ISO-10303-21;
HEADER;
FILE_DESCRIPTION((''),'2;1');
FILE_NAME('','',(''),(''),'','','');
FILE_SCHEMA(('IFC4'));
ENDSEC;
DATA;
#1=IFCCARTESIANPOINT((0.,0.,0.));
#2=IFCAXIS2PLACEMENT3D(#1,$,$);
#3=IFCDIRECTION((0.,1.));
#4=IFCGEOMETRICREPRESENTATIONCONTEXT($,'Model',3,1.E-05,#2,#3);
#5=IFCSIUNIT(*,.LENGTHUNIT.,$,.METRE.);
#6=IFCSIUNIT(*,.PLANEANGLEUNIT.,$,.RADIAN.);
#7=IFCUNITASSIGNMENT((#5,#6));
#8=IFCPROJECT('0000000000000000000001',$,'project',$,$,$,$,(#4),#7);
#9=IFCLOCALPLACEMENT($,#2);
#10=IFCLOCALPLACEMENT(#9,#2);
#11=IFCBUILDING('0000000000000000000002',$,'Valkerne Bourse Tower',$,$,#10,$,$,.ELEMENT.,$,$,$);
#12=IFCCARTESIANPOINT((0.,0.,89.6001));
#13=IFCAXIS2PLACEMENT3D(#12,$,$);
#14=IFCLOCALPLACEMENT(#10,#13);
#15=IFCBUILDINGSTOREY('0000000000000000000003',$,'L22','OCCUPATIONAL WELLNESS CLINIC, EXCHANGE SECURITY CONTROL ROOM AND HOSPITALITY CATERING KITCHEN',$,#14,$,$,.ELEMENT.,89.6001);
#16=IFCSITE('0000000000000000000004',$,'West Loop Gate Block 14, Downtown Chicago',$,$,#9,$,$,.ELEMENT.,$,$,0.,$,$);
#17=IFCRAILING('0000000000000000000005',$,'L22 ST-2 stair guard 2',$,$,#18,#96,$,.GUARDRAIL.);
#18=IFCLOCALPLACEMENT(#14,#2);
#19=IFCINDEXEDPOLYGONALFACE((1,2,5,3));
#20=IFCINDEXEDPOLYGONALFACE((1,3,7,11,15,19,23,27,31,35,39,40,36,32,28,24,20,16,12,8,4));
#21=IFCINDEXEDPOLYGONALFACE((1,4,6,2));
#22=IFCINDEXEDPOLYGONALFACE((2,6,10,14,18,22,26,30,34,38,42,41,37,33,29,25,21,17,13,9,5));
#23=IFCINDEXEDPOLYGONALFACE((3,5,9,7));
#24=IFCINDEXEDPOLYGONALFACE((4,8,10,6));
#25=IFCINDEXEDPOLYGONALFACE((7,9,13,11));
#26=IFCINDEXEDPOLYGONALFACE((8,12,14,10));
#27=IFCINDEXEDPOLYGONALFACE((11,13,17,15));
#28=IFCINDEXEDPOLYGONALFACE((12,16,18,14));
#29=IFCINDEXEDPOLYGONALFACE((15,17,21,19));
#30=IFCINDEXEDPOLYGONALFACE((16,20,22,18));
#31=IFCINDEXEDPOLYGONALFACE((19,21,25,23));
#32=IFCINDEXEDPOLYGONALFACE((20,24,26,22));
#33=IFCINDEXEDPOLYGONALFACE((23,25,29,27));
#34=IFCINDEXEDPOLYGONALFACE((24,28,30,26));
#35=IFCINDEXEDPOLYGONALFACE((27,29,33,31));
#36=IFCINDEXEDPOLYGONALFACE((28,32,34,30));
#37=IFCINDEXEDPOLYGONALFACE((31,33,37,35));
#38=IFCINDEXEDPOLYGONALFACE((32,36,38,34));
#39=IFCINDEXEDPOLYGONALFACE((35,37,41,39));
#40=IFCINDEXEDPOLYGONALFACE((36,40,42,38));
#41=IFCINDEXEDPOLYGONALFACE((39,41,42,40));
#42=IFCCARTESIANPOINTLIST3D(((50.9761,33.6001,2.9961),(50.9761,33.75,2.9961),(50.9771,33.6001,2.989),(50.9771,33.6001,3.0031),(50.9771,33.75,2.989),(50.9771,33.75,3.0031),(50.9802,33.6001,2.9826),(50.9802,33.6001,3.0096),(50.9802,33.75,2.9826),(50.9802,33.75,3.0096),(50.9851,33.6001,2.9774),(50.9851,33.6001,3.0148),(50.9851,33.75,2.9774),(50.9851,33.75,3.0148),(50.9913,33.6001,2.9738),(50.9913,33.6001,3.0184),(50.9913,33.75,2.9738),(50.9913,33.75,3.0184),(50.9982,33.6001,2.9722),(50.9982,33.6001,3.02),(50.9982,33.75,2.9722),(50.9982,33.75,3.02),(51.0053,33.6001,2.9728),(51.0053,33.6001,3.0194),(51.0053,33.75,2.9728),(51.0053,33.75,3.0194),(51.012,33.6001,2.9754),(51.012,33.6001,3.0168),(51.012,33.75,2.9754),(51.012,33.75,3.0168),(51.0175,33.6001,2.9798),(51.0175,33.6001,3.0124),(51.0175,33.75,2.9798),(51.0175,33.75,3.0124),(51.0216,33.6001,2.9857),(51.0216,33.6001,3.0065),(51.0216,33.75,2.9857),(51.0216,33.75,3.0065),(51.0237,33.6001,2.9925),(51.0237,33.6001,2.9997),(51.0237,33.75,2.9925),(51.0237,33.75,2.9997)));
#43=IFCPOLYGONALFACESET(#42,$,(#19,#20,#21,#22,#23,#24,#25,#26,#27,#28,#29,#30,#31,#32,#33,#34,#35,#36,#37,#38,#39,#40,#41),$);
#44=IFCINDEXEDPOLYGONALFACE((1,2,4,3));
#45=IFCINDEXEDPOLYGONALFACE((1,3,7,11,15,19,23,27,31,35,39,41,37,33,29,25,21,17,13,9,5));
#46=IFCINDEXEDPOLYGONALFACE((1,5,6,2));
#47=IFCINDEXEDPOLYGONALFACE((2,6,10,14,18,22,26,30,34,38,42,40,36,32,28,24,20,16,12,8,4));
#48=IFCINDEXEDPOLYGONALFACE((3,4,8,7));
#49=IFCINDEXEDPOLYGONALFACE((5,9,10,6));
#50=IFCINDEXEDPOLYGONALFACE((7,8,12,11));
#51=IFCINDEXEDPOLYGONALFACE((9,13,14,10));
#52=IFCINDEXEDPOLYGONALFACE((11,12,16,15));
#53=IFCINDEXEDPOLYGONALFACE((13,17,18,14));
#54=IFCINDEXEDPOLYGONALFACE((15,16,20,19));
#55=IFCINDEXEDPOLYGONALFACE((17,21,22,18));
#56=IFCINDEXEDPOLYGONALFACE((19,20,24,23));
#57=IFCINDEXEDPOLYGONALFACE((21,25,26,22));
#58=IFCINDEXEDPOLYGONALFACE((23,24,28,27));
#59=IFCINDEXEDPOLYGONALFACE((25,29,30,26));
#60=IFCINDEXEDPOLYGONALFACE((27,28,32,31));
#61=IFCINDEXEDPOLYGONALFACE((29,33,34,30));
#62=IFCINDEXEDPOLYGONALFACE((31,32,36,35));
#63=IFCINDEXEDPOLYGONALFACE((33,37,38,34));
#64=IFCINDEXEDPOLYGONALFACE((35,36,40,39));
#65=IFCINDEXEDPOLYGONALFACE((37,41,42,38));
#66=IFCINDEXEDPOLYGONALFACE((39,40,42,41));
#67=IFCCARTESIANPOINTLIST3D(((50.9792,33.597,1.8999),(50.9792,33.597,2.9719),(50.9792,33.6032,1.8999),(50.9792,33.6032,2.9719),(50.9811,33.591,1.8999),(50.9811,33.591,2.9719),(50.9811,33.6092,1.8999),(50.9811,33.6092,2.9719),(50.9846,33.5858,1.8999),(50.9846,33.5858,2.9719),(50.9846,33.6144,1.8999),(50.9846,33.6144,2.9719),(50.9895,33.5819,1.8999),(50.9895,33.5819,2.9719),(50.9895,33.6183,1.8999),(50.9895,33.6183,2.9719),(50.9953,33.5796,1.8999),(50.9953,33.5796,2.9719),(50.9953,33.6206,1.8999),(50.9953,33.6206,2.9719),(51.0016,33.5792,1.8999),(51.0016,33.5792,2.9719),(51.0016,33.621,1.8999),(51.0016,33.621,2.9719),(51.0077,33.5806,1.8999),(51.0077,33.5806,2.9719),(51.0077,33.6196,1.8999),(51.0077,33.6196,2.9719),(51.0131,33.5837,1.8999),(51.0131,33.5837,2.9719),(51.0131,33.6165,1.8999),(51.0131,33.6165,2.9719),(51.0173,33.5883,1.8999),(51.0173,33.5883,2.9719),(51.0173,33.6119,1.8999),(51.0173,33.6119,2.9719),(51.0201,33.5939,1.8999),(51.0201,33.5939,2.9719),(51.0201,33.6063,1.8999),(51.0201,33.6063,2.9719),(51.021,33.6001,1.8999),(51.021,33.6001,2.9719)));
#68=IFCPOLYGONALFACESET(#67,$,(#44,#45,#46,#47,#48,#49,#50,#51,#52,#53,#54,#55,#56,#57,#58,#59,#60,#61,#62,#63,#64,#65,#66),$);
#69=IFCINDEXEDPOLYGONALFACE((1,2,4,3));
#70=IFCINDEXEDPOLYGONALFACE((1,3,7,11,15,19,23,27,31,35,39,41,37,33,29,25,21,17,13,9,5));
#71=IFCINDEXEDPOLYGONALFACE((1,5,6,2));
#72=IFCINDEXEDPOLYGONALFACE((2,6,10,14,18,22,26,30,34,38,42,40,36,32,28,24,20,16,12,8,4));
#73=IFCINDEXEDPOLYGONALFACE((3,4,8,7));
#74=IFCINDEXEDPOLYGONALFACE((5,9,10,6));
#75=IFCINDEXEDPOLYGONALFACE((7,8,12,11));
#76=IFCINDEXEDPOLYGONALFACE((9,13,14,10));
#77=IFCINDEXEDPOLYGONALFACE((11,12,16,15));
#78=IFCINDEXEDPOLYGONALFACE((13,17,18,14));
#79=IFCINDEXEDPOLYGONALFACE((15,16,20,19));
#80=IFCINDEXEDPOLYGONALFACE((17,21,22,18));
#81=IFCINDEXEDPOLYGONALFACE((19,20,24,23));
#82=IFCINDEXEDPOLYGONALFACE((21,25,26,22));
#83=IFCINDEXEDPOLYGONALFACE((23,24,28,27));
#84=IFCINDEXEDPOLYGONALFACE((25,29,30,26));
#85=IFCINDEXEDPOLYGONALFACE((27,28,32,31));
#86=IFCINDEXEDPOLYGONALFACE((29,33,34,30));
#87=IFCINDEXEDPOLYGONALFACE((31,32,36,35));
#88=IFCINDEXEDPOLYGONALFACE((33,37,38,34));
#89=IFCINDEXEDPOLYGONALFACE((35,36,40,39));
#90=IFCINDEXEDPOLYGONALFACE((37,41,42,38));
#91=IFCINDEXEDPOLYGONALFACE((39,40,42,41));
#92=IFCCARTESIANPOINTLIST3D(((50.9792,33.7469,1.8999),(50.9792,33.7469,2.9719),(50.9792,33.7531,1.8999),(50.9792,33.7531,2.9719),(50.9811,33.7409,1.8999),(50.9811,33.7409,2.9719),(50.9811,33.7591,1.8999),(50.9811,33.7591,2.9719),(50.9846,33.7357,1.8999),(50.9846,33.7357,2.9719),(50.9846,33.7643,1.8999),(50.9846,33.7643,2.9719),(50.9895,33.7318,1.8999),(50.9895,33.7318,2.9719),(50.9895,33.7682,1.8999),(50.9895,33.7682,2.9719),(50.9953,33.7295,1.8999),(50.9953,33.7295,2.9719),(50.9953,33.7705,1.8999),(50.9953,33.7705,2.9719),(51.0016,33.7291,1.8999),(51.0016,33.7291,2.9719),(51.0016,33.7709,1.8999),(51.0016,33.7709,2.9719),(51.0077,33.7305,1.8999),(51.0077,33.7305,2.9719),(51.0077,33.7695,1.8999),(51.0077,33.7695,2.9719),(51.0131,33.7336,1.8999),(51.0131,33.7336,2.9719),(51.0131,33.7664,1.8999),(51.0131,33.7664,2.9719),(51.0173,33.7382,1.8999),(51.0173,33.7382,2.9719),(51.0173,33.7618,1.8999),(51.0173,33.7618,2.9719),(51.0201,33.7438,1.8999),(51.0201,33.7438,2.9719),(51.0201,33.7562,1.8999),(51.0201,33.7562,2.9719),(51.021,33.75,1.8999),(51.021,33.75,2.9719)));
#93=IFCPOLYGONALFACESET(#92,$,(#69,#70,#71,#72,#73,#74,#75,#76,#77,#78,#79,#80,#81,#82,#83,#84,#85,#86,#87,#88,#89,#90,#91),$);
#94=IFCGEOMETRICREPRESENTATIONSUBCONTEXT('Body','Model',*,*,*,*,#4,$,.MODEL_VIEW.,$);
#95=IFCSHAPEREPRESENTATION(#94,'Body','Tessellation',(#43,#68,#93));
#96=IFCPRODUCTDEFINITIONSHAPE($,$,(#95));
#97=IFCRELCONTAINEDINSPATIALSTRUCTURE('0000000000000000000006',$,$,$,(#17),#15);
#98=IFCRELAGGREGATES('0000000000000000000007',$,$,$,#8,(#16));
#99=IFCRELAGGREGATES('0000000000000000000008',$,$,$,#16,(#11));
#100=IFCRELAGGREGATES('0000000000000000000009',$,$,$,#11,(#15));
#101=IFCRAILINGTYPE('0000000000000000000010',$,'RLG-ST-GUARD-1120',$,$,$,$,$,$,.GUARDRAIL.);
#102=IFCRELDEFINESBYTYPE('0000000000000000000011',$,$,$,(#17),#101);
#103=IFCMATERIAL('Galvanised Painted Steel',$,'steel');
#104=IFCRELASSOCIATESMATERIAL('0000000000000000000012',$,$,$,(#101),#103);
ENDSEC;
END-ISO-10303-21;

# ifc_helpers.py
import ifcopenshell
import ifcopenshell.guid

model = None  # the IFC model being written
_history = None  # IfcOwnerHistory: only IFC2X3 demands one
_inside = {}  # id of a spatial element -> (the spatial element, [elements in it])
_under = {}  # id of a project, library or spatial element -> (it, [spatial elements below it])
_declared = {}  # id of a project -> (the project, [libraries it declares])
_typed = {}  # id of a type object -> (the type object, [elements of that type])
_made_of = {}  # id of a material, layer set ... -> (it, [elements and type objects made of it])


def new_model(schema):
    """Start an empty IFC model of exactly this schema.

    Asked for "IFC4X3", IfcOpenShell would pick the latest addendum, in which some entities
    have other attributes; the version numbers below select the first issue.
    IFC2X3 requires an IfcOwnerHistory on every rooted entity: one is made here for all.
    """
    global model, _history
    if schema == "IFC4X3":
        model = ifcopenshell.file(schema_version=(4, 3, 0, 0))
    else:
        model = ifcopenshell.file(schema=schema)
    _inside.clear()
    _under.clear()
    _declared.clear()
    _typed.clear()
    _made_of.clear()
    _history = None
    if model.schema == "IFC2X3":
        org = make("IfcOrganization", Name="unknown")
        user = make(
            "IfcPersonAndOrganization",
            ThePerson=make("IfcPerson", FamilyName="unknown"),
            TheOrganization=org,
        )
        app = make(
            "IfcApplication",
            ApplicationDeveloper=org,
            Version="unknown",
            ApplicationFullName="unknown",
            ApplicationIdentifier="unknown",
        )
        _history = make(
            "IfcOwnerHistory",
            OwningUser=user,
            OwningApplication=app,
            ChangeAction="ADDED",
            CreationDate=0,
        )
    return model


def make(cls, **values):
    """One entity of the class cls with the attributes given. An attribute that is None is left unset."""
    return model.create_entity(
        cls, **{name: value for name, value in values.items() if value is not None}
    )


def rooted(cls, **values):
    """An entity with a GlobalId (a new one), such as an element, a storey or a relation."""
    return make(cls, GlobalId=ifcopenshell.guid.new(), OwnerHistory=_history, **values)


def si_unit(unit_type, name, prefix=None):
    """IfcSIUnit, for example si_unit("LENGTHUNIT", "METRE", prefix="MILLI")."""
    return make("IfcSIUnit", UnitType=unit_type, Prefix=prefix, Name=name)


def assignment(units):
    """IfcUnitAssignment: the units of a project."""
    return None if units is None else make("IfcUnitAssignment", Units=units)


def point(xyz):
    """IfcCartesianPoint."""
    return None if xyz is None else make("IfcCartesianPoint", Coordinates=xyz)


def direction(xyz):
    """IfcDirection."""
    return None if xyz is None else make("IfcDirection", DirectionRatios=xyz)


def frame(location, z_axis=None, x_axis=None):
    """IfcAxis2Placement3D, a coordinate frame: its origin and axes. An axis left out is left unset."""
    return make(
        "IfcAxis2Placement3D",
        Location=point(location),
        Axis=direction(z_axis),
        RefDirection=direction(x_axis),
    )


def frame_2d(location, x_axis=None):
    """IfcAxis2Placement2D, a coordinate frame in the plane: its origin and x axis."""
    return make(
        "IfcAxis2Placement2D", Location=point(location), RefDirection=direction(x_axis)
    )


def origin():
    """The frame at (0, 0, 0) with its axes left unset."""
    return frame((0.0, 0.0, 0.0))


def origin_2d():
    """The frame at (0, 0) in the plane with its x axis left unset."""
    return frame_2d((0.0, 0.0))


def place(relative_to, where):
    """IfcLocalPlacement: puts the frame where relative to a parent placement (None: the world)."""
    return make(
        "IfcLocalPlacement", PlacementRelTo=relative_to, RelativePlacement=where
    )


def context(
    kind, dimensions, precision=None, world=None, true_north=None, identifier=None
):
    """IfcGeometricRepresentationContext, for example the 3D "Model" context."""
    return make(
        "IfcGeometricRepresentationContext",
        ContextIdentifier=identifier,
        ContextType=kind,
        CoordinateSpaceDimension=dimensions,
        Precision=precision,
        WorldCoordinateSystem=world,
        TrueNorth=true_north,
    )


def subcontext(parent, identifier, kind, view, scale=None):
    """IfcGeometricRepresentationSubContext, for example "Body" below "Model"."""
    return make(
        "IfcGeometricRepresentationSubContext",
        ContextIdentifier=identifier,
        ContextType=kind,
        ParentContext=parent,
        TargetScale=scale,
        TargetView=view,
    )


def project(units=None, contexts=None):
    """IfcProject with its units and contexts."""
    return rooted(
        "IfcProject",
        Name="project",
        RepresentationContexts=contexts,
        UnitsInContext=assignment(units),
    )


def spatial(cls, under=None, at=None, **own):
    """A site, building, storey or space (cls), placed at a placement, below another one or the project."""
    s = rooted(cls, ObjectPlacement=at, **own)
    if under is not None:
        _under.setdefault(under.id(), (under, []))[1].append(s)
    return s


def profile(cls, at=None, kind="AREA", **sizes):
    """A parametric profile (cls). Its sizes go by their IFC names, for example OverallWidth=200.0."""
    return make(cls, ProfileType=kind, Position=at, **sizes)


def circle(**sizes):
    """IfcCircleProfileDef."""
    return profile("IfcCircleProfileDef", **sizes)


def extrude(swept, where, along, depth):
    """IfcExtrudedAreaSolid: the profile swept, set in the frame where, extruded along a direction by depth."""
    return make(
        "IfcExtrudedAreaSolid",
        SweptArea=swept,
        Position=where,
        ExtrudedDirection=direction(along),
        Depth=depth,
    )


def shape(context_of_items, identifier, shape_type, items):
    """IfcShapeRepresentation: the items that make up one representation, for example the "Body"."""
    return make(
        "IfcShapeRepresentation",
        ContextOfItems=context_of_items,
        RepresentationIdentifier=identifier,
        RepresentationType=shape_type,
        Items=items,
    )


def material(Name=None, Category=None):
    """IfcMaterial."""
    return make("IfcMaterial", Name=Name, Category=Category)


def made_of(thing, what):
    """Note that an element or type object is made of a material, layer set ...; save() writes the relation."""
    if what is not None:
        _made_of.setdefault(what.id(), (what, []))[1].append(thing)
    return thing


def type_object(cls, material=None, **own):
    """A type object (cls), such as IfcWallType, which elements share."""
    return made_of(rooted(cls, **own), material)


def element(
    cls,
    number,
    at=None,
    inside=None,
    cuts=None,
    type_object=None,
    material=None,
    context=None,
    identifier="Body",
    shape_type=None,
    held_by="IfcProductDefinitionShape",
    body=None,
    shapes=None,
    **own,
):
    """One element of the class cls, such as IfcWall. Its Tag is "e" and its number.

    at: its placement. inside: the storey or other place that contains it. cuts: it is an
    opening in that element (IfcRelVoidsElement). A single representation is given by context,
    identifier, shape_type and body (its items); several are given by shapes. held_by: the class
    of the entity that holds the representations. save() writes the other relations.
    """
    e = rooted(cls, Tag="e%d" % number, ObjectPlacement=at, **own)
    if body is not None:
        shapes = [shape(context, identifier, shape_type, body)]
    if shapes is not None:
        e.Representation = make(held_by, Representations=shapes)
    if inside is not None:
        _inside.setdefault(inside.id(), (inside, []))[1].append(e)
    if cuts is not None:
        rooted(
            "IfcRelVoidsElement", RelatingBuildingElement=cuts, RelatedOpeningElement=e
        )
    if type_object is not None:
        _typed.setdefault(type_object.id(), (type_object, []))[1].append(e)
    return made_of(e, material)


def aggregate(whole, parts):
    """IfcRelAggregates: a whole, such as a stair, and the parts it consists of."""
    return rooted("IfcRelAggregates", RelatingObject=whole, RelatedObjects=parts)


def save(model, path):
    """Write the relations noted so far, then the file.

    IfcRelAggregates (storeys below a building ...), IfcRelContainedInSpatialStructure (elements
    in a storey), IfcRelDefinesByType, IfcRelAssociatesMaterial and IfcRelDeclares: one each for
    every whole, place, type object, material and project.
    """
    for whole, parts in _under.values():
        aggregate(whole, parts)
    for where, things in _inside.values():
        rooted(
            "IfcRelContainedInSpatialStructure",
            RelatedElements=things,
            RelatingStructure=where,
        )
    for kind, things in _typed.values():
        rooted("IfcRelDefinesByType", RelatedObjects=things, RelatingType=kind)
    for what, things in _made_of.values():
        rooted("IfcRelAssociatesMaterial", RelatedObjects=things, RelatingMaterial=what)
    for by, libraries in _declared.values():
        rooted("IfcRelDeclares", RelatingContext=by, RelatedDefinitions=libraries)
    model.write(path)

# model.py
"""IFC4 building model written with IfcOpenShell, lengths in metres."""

from ifc_helpers import new_model, si_unit, direction, frame, origin, origin_2d, place, context, subcontext, project, spatial, circle, extrude, material, type_object, element, save


model = new_model("IFC4")

# Units and contexts
model_context = context("Model", 3, precision=1e-05, world=origin(), true_north=direction((0.0, 1.0)))
body_context = subcontext(model_context, "Body", "Model", "MODEL_VIEW")
ifc_project = project(units=[si_unit("LENGTHUNIT", "METRE"), si_unit("PLANEANGLEUNIT", "RADIAN")], contexts=[model_context])

# Site, building, storey
site_placement = place(None, origin())
site = spatial("IfcSite", under=ifc_project, at=site_placement, Name="West Loop Gate Block 14, Downtown Chicago", CompositionType="ELEMENT", RefElevation=0.0)
building_placement = place(site_placement, origin())
building = spatial("IfcBuilding", under=site, at=building_placement, Name="Valkerne Bourse Tower", CompositionType="ELEMENT")
storey_placement = place(building_placement, frame((0.0, 0.0, 89.6001)))
storey = spatial("IfcBuildingStorey", under=building, at=storey_placement, Name="L22", Description="OCCUPATIONAL WELLNESS CLINIC, EXCHANGE SECURITY CONTROL ROOM AND HOSPITALITY CATERING KITCHEN", CompositionType="ELEMENT", Elevation=89.6001)

# Railing
ifc_material_1 = material(Name="Galvanised Painted Steel", Category="steel")
railing_type_1 = type_object("IfcRailingType", Name="RLG-ST-GUARD-1120", PredefinedType="GUARDRAIL", material=ifc_material_1)
railing_1_placement = place(storey_placement, frame((51.0, 33.6001, 1.8999)))
element("IfcRailing", 1, at=railing_1_placement, inside=storey, type_object=railing_type_1, Name="L22 ST-2 stair guard 2", PredefinedType="GUARDRAIL", context=body_context, shape_type="SweptSolid", body=[
    extrude(circle(Radius=0.0239, at=origin_2d()), frame((0.0, 0.0, 1.0962), z_axis=(0.0, 1.0, 0.0), x_axis=(-1.0, 0.0, 0.0)), (0.0, 0.0, 1.0), 0.1499),
    extrude(circle(Radius=0.021, at=origin_2d()), origin(), (0.0, 0.0, 1.0), 1.072),
    extrude(circle(Radius=0.021, at=origin_2d()), frame((0.0, 0.1499, 0.0)), (0.0, 0.0, 1.0), 1.072),
])

save(model, "model.ifc")
